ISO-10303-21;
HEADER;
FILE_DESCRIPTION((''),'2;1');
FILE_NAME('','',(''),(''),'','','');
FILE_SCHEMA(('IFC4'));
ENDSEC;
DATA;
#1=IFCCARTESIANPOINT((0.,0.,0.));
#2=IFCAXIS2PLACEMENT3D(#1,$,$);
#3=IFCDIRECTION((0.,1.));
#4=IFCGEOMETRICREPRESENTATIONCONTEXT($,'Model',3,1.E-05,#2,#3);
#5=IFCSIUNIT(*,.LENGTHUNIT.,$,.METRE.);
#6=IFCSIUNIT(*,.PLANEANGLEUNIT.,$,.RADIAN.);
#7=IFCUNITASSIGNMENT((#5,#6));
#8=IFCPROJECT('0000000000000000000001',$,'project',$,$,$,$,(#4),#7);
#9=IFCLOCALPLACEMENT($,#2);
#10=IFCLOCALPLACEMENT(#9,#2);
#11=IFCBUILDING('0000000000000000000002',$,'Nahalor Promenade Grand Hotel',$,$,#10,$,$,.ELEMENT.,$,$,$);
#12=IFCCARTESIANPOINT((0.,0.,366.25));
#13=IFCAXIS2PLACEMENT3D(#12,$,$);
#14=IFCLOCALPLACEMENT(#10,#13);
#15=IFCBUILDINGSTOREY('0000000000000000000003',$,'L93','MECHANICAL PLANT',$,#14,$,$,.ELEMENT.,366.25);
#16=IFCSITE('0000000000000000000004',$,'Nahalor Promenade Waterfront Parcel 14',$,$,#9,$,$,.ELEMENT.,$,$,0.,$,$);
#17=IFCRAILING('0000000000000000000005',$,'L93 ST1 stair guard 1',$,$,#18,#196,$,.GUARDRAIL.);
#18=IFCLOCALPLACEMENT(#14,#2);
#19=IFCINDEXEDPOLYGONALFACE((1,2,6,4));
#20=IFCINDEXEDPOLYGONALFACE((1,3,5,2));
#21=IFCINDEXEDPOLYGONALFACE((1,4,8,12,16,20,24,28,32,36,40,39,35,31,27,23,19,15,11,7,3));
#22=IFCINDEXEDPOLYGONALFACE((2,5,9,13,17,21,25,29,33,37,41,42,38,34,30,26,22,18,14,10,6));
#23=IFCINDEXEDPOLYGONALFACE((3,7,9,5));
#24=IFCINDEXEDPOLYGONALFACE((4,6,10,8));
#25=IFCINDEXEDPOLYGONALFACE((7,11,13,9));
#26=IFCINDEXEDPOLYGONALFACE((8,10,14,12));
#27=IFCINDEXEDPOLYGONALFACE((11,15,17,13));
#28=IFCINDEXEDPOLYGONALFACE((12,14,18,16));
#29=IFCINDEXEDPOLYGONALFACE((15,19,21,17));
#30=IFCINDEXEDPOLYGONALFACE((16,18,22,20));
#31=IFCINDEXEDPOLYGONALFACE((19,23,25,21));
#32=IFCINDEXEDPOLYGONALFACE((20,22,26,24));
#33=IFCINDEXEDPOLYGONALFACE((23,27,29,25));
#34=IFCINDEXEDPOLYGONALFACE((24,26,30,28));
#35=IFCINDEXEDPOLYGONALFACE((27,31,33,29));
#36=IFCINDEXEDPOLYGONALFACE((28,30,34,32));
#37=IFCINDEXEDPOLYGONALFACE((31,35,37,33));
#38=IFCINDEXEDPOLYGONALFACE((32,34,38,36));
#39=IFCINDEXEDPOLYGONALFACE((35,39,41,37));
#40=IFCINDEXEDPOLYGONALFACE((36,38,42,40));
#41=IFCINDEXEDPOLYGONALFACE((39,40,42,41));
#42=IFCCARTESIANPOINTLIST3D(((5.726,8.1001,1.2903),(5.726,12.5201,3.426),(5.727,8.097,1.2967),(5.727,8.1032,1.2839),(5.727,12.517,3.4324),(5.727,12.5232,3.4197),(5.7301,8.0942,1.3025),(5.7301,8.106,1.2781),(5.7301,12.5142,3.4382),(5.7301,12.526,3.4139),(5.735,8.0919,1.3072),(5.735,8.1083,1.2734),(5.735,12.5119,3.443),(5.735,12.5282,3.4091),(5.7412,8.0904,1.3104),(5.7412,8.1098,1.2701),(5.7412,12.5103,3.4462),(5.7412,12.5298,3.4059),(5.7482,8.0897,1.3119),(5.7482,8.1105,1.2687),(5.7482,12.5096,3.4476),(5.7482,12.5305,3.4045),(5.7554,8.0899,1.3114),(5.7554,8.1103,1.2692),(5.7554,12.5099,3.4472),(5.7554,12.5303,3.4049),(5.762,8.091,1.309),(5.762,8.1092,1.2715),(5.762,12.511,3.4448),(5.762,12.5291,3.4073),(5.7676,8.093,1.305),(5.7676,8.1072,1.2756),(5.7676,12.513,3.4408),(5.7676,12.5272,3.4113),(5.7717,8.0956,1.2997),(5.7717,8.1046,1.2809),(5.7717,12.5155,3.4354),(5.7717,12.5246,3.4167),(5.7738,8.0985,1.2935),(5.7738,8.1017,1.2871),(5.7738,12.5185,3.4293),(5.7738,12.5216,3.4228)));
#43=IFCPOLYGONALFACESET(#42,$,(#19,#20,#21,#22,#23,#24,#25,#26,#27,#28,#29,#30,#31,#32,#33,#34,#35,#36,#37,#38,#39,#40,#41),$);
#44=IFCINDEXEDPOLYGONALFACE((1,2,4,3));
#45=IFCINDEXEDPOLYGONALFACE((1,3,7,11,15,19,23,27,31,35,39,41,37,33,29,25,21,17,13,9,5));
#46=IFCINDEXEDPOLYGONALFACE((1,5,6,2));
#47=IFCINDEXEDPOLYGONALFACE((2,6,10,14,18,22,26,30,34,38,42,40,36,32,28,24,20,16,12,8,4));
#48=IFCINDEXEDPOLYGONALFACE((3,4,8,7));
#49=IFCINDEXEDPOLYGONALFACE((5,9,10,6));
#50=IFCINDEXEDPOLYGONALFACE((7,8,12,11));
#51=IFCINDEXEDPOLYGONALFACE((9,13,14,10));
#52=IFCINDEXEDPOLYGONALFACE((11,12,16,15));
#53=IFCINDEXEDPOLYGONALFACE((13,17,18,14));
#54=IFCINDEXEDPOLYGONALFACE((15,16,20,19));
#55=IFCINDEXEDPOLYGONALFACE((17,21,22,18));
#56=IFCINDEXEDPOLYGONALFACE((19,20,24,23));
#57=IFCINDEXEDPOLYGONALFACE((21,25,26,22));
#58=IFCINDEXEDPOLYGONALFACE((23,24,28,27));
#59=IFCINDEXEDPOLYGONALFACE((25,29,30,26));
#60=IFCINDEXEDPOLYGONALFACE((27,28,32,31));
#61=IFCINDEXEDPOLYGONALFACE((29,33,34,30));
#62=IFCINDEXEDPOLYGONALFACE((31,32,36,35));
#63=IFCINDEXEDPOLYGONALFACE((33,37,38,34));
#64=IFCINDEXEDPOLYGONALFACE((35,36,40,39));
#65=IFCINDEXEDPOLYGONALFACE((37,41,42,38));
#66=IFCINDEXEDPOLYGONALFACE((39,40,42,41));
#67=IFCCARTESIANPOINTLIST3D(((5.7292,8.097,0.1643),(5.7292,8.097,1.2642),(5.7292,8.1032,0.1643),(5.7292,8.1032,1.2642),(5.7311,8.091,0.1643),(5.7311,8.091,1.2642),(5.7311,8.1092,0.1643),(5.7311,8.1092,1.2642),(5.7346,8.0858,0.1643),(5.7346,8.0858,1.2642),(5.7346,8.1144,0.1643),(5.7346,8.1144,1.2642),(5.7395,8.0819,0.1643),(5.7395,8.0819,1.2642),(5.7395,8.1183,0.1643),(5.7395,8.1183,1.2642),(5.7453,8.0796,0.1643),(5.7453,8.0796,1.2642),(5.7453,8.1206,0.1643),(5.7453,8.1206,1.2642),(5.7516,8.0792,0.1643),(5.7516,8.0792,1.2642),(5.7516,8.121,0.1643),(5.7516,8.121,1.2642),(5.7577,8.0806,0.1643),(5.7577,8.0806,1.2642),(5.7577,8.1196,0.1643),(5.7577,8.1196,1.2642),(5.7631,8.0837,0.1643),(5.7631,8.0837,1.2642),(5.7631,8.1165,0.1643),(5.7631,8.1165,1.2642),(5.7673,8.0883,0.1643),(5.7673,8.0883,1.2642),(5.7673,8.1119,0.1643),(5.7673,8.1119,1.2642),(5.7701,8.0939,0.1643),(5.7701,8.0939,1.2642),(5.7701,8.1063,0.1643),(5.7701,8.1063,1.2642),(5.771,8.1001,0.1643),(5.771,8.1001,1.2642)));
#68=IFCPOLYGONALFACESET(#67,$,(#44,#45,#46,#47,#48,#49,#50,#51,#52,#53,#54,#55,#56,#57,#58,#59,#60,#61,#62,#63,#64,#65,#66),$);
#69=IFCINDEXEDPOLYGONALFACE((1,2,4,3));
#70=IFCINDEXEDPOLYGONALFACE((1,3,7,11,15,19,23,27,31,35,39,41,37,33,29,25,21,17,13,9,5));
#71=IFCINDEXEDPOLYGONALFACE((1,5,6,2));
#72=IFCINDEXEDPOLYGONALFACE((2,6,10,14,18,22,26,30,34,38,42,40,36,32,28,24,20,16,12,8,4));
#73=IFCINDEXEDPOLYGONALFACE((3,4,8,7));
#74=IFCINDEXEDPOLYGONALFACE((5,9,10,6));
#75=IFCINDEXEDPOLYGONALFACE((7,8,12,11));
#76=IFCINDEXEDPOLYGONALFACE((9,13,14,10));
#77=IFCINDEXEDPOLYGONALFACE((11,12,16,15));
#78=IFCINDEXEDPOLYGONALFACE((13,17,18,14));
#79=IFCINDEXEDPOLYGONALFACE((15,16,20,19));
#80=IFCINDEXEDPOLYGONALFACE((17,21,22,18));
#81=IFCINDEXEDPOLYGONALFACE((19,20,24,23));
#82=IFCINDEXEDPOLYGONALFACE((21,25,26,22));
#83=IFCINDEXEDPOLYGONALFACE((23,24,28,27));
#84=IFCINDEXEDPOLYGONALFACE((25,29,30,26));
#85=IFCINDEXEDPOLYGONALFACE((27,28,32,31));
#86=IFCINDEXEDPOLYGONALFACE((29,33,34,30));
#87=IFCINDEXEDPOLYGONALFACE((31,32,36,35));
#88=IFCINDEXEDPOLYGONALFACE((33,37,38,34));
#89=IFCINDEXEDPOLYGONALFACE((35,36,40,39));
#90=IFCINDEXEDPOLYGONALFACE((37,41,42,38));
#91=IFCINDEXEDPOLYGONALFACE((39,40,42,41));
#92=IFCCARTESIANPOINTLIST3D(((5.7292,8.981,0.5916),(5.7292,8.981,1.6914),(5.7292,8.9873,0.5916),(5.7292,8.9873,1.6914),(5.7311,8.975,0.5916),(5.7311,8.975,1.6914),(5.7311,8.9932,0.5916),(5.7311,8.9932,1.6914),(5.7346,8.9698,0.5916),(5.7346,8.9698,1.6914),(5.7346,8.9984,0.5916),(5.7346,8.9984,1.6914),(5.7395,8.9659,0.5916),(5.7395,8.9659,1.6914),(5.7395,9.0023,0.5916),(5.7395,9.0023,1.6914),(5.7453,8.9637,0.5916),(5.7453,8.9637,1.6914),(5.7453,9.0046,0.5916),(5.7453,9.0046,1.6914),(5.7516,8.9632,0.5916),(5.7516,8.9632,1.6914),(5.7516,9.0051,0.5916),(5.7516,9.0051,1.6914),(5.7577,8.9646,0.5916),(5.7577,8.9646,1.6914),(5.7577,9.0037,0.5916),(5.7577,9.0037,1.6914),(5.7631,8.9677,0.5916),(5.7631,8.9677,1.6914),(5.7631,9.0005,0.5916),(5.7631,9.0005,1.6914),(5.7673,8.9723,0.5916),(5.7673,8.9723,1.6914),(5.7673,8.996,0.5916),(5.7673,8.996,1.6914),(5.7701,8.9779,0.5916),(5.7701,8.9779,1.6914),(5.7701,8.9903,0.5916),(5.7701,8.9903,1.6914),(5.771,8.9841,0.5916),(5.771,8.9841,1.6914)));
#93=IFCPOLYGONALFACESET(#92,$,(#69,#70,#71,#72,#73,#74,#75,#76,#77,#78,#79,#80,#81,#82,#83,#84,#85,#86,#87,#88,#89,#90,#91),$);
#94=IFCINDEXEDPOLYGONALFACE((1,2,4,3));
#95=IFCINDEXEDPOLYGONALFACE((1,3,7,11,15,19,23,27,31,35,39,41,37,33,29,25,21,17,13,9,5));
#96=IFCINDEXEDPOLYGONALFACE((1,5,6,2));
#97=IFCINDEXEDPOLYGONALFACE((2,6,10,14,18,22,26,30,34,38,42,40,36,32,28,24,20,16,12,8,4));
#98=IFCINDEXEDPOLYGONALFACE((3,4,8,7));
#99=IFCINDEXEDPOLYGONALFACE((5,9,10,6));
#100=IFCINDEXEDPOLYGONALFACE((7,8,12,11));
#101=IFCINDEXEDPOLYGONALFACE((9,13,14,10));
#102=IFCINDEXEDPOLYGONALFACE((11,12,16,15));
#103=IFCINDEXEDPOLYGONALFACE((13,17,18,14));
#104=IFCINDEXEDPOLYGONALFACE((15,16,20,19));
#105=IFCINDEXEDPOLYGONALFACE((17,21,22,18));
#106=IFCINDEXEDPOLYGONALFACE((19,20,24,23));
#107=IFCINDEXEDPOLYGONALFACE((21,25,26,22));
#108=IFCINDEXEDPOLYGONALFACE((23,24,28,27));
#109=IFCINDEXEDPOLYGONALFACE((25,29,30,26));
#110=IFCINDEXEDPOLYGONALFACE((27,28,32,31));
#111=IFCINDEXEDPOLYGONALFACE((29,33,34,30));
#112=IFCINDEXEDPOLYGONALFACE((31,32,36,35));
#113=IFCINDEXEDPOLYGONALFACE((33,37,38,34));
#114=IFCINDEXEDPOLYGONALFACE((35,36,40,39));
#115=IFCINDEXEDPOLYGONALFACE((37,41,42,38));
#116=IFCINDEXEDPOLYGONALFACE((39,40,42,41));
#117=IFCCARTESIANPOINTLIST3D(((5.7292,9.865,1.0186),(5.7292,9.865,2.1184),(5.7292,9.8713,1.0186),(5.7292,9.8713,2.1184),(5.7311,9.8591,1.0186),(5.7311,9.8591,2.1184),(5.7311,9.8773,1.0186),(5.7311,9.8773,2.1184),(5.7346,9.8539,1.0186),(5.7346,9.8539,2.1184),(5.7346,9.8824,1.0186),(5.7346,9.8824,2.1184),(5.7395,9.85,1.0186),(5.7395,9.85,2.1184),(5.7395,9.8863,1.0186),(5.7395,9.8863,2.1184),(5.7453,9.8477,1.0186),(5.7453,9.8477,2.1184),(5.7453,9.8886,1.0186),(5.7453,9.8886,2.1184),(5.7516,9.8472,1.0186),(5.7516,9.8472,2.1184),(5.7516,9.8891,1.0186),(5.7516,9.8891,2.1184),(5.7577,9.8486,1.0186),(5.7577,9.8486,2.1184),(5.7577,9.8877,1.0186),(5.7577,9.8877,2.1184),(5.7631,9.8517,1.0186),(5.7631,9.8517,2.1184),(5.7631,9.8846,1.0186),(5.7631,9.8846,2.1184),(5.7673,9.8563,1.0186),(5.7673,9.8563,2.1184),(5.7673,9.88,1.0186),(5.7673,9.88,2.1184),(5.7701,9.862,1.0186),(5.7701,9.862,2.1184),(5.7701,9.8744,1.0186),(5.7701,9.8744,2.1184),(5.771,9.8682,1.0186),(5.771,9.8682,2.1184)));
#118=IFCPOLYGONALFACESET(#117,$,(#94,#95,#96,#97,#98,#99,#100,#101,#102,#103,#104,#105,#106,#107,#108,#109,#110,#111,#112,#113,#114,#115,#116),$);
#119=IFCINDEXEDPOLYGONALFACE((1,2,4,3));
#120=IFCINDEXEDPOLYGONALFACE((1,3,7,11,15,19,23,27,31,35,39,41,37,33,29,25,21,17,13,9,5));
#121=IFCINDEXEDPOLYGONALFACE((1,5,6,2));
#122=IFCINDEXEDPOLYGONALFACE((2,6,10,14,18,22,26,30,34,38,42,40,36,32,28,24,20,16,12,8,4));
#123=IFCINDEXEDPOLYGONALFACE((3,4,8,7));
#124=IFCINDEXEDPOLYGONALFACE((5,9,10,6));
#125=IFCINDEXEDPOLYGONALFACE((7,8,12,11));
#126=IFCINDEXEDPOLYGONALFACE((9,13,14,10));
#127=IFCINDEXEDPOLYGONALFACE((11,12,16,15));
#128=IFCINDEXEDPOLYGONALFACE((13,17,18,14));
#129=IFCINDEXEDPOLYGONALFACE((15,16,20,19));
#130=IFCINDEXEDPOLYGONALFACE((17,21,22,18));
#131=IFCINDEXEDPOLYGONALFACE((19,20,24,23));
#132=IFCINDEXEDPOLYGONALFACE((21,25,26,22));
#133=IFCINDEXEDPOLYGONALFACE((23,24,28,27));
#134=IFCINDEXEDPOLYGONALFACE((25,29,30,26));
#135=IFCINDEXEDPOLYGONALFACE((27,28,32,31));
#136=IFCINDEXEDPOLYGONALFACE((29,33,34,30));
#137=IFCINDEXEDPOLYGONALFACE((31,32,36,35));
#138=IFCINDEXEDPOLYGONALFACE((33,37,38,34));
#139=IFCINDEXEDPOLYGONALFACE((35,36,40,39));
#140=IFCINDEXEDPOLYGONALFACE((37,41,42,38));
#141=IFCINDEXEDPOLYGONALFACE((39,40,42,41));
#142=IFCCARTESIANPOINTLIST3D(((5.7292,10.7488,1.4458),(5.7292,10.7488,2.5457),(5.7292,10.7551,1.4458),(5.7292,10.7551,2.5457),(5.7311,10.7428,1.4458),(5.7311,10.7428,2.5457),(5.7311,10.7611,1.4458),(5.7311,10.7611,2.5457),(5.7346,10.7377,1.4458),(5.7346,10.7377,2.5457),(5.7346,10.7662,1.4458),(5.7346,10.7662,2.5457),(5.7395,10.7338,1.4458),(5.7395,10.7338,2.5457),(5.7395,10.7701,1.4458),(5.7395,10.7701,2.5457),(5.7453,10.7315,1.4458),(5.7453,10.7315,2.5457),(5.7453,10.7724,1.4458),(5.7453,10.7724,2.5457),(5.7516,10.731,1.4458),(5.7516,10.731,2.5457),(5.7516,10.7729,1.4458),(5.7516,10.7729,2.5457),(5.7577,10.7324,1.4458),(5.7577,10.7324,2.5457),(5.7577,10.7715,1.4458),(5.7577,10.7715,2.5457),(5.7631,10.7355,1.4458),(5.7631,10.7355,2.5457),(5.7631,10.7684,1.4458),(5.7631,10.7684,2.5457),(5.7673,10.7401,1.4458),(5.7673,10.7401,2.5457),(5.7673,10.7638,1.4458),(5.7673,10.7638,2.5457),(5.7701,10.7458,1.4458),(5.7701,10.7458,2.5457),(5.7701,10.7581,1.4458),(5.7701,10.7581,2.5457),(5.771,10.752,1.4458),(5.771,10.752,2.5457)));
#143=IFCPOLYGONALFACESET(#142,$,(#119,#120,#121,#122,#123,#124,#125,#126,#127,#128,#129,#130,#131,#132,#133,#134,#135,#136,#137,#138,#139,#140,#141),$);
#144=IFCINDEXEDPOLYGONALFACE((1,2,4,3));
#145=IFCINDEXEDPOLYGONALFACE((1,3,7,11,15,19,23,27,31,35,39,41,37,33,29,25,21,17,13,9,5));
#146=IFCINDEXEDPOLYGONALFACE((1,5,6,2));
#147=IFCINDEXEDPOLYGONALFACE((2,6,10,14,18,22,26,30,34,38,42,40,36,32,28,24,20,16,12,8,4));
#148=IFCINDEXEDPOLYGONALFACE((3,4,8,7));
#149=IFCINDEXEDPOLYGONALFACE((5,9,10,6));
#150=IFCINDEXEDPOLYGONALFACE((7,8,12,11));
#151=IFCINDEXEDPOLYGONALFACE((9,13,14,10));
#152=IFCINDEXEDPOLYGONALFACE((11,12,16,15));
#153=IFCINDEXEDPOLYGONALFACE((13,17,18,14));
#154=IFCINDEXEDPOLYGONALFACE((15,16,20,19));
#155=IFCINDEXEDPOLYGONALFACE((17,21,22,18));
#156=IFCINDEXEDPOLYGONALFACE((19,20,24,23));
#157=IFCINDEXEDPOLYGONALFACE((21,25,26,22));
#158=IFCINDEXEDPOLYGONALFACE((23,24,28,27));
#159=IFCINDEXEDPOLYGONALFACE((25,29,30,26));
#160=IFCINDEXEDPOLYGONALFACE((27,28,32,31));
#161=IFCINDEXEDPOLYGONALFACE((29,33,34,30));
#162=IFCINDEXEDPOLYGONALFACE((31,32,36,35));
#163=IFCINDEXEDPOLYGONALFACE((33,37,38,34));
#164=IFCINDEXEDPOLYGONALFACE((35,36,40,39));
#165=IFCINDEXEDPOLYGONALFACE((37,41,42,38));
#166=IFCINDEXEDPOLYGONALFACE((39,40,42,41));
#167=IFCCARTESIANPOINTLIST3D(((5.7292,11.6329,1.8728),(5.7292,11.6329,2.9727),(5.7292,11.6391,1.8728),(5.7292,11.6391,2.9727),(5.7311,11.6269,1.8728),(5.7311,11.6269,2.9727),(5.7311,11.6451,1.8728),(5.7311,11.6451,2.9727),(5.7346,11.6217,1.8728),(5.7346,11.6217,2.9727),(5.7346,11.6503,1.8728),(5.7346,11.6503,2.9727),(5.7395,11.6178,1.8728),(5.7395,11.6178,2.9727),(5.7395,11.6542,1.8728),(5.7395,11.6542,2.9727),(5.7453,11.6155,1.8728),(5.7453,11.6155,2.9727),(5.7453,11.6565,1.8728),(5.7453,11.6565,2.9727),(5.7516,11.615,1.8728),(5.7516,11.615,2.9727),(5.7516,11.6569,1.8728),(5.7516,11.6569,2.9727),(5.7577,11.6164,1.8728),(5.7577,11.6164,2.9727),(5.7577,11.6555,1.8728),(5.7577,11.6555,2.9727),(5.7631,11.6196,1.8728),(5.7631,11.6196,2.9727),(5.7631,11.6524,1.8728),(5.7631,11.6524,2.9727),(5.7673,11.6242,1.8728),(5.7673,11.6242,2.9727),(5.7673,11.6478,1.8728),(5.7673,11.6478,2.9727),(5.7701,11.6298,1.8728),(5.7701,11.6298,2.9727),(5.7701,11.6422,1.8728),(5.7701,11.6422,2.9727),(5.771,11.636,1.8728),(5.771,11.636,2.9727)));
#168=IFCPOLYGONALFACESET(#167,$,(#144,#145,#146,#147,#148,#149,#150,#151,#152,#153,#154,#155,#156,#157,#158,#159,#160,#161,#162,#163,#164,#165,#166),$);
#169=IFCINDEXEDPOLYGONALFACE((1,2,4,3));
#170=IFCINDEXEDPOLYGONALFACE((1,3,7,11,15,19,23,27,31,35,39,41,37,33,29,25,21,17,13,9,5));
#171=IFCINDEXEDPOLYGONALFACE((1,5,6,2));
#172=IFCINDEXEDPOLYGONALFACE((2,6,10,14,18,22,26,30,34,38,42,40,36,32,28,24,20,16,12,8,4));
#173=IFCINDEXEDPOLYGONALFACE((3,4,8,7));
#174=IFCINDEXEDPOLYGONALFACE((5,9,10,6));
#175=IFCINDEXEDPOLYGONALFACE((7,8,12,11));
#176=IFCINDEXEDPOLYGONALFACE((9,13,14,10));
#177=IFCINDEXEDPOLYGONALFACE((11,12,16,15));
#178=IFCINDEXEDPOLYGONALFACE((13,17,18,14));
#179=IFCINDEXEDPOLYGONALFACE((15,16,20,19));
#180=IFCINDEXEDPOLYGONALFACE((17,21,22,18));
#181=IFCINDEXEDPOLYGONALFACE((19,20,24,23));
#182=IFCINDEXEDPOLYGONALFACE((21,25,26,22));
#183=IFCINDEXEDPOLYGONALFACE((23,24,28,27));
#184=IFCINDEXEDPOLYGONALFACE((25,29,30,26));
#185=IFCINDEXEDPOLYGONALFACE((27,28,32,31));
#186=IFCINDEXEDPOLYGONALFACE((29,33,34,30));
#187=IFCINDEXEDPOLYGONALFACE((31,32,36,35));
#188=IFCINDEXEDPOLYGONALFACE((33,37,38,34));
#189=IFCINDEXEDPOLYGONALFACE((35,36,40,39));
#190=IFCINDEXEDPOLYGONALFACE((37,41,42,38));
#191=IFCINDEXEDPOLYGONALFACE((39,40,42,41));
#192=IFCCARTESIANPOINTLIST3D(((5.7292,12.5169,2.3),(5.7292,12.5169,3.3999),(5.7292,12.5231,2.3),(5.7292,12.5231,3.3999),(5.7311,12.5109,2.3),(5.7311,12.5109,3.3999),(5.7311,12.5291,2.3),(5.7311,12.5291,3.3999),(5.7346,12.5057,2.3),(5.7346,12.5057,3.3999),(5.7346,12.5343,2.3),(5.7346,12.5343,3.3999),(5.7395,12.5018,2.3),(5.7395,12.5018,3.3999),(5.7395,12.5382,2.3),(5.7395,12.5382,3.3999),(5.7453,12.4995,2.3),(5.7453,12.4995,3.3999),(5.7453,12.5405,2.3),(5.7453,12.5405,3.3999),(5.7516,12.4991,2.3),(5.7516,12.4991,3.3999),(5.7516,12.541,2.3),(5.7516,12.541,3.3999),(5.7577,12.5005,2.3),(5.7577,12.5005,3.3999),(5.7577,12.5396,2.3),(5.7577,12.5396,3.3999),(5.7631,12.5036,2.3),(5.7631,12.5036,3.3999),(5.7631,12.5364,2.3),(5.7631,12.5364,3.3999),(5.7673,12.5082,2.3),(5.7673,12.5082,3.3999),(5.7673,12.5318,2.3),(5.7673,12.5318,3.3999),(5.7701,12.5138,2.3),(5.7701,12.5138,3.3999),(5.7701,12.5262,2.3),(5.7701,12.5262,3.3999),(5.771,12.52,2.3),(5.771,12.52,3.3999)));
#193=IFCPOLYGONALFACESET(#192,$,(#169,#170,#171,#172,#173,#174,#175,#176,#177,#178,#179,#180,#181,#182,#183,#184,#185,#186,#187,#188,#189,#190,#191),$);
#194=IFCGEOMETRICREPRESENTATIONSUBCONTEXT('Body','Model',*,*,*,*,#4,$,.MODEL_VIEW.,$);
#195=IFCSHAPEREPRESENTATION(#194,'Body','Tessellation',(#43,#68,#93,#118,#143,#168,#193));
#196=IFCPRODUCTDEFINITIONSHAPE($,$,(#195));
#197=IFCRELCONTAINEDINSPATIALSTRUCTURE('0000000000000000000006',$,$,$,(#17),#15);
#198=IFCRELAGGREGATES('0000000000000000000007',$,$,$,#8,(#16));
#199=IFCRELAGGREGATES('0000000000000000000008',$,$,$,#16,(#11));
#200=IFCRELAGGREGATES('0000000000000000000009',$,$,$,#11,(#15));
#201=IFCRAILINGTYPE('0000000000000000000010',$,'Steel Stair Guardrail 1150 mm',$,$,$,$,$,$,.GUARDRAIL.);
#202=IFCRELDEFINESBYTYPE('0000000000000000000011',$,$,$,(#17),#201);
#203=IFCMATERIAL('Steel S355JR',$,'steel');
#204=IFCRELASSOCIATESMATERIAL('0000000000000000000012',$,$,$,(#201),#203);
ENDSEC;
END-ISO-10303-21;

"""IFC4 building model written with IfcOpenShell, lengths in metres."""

from ifc_helpers import new_model, si_unit, direction, frame, origin, origin_2d, place, context, subcontext, project, spatial, circle, extrude, material, type_object, element, save


model = new_model("IFC4")

# Units and contexts
model_context = context("Model", 3, precision=1e-05, world=origin(), true_north=direction((0.0, 1.0)))
body_context = subcontext(model_context, "Body", "Model", "MODEL_VIEW")
ifc_project = project(units=[si_unit("LENGTHUNIT", "METRE"), si_unit("PLANEANGLEUNIT", "RADIAN")], contexts=[model_context])

# Site, building, storey
site_placement = place(None, origin())
site = spatial("IfcSite", under=ifc_project, at=site_placement, Name="Nahalor Promenade Waterfront Parcel 14", CompositionType="ELEMENT", RefElevation=0.0)
building_placement = place(site_placement, origin())
building = spatial("IfcBuilding", under=site, at=building_placement, Name="Nahalor Promenade Grand Hotel", CompositionType="ELEMENT")
storey_placement = place(building_placement, frame((0.0, 0.0, 366.25)))
storey = spatial("IfcBuildingStorey", under=building, at=storey_placement, Name="L93", Description="MECHANICAL PLANT", CompositionType="ELEMENT", Elevation=366.25)

# Shared definitions
ifc_material_1 = material(Name="Steel S355JR", Category="steel")

# Railing
railing_type = type_object("IfcRailingType", Name="Steel Stair Guardrail 1150 mm", PredefinedType="GUARDRAIL", material=ifc_material_1)
railing_1_placement = place(storey_placement, frame((5.75, 8.1001, 0.1643)))
element("IfcRailing", 1, at=railing_1_placement, inside=storey, type_object=railing_type, Name="L93 ST1 stair guard 1", PredefinedType="GUARDRAIL", context=body_context, shape_type="SweptSolid", body=[
    extrude(circle(Radius=0.024, at=origin_2d()), frame((0.0, 0.0, 1.126), z_axis=(0.0, 0.900393, 0.435077), x_axis=(-1.0, 0.0, 0.0)), (0.0, 0.0, 1.0), 4.9089),
    extrude(circle(Radius=0.021, at=origin_2d()), origin(), (0.0, 0.0, 1.0), 1.0999),
    extrude(circle(Radius=0.021, at=origin_2d()), frame((0.0, 0.884, 0.4272)), (0.0, 0.0, 1.0), 1.0999),
    extrude(circle(Radius=0.021, at=origin_2d()), frame((0.0, 1.7681, 0.8542)), (0.0, 0.0, 1.0), 1.0999),
    extrude(circle(Radius=0.021, at=origin_2d()), frame((0.0, 2.6519, 1.2815)), (0.0, 0.0, 1.0), 1.0999),
    extrude(circle(Radius=0.021, at=origin_2d()), frame((0.0, 3.5359, 1.7085)), (0.0, 0.0, 1.0), 1.0999),
    extrude(circle(Radius=0.021, at=origin_2d()), frame((0.0, 4.4199, 2.1357)), (0.0, 0.0, 1.0), 1.0999),
])

save(model, "model.ifc")
